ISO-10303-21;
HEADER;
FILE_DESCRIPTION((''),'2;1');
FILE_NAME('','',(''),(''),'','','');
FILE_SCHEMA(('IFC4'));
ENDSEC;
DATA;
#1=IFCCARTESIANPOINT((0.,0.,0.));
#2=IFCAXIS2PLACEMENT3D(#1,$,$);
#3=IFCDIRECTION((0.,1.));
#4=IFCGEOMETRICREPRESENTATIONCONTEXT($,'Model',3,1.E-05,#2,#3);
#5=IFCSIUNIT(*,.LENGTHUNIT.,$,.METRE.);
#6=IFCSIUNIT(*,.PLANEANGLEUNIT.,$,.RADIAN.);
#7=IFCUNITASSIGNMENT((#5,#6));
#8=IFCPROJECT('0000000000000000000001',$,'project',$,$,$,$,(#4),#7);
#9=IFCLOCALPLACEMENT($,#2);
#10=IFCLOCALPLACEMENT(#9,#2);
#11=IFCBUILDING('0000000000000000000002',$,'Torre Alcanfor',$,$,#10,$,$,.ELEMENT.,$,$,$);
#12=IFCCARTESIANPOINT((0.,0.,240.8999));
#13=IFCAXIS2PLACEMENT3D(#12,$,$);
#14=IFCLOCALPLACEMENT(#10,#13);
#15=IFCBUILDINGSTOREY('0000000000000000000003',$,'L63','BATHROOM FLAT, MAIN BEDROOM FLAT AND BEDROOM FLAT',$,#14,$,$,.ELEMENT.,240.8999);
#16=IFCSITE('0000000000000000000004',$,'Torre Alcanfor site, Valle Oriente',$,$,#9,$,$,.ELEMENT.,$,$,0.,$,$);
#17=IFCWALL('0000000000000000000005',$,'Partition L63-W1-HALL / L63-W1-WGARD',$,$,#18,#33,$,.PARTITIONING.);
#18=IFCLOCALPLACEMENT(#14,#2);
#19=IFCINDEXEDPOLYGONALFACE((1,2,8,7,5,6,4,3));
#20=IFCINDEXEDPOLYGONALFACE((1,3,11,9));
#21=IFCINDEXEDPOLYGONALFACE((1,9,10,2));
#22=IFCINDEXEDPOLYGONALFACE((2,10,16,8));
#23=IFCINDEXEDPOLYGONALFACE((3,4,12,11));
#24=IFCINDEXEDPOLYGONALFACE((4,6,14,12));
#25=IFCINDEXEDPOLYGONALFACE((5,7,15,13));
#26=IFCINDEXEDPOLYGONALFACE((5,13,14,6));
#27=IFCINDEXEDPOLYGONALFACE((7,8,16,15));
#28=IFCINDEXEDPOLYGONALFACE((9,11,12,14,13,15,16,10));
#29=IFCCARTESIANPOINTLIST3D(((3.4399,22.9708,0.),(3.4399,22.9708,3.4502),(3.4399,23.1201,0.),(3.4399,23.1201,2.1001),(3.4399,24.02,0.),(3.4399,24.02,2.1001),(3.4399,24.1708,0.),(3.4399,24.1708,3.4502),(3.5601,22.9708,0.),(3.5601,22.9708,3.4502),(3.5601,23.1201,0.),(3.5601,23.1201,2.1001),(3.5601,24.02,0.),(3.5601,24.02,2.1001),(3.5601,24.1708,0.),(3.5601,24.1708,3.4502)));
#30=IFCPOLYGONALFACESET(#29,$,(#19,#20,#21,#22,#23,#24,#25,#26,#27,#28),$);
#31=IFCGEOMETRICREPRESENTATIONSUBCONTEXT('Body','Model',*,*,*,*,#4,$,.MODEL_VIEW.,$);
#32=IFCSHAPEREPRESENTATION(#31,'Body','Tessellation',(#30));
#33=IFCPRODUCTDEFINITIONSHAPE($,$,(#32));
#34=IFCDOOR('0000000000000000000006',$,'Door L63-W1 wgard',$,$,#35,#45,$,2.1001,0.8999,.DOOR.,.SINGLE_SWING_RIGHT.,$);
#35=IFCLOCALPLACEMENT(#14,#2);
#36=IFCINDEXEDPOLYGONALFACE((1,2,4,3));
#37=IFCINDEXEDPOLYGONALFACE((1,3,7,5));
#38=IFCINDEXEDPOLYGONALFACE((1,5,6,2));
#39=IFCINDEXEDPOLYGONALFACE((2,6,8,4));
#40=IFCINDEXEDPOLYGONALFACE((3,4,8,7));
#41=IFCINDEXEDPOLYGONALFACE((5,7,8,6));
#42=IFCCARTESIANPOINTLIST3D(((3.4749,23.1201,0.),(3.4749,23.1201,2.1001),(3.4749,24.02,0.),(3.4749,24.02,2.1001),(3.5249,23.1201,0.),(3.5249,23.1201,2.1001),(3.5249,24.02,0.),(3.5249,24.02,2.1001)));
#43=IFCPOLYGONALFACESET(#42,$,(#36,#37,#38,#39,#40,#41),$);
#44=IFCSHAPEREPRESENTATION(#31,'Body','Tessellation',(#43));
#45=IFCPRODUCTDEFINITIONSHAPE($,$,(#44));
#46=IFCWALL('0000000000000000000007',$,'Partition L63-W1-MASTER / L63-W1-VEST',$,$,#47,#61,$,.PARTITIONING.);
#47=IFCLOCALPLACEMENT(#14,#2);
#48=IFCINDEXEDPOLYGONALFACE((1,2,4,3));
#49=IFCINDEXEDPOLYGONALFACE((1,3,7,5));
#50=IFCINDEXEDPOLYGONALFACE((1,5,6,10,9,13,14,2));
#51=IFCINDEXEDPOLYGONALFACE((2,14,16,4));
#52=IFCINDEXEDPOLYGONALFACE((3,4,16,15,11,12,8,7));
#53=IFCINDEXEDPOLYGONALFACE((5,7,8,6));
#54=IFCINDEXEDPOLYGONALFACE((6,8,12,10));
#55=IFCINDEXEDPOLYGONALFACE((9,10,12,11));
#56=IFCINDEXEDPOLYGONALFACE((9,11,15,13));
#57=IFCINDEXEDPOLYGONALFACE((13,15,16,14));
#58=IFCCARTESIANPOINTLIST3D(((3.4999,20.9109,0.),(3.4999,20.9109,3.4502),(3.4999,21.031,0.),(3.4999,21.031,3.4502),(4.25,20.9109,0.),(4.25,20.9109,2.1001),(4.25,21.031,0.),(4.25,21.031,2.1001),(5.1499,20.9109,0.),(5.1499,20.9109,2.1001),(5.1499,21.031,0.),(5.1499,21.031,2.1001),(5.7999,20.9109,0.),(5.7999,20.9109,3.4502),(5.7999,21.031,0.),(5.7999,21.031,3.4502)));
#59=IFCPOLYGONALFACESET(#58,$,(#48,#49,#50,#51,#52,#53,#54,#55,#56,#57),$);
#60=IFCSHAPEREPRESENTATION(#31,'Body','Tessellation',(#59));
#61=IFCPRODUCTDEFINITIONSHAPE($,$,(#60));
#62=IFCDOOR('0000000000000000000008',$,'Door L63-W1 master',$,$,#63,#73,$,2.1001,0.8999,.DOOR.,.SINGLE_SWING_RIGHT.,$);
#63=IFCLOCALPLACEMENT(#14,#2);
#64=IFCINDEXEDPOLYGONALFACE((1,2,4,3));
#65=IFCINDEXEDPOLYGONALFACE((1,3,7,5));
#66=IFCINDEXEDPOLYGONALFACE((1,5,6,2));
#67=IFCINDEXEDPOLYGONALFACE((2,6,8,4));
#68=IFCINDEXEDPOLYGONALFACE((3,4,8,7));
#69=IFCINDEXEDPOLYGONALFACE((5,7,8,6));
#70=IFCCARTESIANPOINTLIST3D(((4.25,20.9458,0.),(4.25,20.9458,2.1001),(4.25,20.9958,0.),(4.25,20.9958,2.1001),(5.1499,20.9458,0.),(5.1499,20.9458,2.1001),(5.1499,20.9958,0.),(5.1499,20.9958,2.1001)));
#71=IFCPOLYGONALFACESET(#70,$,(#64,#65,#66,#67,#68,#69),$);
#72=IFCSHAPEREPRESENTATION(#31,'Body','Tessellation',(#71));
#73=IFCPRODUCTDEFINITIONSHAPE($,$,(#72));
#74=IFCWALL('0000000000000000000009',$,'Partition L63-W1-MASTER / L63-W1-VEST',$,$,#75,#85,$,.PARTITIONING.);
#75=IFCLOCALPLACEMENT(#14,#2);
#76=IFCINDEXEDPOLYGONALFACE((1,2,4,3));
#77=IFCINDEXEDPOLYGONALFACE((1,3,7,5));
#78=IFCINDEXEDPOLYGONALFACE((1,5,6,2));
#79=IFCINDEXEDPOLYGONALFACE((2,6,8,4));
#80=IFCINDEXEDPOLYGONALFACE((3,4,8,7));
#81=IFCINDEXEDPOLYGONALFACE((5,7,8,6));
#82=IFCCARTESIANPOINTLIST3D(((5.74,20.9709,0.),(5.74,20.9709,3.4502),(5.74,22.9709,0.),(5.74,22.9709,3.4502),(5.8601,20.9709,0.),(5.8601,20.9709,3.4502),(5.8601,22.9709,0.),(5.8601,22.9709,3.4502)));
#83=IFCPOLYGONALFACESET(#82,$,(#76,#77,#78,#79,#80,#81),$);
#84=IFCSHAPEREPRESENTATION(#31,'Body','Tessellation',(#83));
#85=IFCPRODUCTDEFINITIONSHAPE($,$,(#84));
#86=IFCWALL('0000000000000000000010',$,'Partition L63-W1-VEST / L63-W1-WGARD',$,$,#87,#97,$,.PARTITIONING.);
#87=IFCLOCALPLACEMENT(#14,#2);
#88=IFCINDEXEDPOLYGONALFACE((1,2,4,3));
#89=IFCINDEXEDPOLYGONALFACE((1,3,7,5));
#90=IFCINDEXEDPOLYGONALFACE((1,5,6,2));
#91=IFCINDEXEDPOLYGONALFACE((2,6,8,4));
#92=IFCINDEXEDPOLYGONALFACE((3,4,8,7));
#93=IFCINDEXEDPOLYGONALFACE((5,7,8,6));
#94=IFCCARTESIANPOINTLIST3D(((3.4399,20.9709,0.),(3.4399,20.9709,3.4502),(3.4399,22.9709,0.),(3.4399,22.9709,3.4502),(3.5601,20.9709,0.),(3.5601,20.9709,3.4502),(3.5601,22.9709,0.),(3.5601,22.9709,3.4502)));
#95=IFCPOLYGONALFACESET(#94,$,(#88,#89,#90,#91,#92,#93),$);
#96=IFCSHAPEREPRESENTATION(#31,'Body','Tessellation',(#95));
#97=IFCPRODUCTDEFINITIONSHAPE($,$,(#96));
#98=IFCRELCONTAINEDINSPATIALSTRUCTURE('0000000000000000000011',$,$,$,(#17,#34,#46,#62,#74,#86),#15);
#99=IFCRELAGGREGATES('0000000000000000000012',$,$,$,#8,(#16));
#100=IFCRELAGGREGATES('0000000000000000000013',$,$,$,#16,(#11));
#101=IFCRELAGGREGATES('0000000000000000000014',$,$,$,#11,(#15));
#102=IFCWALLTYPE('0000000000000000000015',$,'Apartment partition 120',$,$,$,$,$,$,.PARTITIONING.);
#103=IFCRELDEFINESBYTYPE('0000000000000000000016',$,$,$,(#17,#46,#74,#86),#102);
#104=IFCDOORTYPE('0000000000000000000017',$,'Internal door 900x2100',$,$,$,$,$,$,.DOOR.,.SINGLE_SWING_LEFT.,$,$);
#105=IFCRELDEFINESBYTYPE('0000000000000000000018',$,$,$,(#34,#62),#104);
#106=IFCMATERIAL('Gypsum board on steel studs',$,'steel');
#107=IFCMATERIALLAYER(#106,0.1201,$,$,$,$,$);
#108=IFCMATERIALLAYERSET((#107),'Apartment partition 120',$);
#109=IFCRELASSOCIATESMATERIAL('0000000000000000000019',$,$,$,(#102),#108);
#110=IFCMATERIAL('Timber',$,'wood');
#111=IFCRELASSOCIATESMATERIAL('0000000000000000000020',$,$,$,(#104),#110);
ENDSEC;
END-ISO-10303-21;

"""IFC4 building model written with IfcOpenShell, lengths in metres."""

from ifc_helpers import new_model, si_unit, direction, frame, frame_2d, origin, place, context, subcontext, project, spatial, rectangle, extrude, material, layer, layer_set, type_object, element, fill, save


model = new_model("IFC4")

# Units and contexts
model_context = context("Model", 3, precision=1e-05, world=origin(), true_north=direction((0.0, 1.0)))
body_context = subcontext(model_context, "Body", "Model", "MODEL_VIEW")
ifc_project = project(units=[si_unit("LENGTHUNIT", "METRE"), si_unit("PLANEANGLEUNIT", "RADIAN")], contexts=[model_context])

# Site, building, storey
site_placement = place(None, origin())
site = spatial("IfcSite", under=ifc_project, at=site_placement, Name="Torre Alcanfor site, Valle Oriente", CompositionType="ELEMENT", RefElevation=0.0)
building_placement = place(site_placement, origin())
building = spatial("IfcBuilding", under=site, at=building_placement, Name="Torre Alcanfor", CompositionType="ELEMENT")
storey_placement = place(building_placement, frame((0.0, 0.0, 240.8999)))
storey = spatial("IfcBuildingStorey", under=building, at=storey_placement, Name="L63", Description="BATHROOM FLAT, MAIN BEDROOM FLAT AND BEDROOM FLAT", CompositionType="ELEMENT", Elevation=240.8999)

# Shared definitions
ifc_material_1 = material(Name="Gypsum board on steel studs", Category="steel")
ifc_layer_1 = layer(ifc_material_1, 0.1201)
ifc_layer_set_1 = layer_set([ifc_layer_1], Name="Apartment partition 120")
wall_type_1 = type_object("IfcWallType", Name="Apartment partition 120", PredefinedType="PARTITIONING", material=ifc_layer_set_1)

# Shared definitions
ifc_material_2 = material(Name="Timber", Category="wood")
door_type = type_object("IfcDoorType", Name="Internal door 900x2100", OperationType="SINGLE_SWING_LEFT", PredefinedType="DOOR", material=ifc_material_2)

# Walls, openings, doors
wall_1_placement = place(storey_placement, frame((3.5, 24.1709, 0.0), z_axis=(0.0, 0.0, 1.0), x_axis=(0.0, -1.0, 0.0)))
wall_1 = element("IfcWall", 1, at=wall_1_placement, inside=storey, type_object=wall_type_1, Name="Partition L63-W1-HALL / L63-W1-WGARD", PredefinedType="PARTITIONING", context=body_context, shape_type="SweptSolid", body=[
    extrude(rectangle(XDim=1.2, YDim=0.1201, at=frame_2d((0.6001, 0.0))), origin(), (0.0, 0.0, 1.0), 3.4502),
])
opening_1_placement = place(wall_1_placement, frame((0.1509, 0.0, 0.0)))
opening_1 = element("IfcOpeningElement", 2, at=opening_1_placement, cuts=wall_1, PredefinedType="OPENING", context=body_context, shape_type="SweptSolid", body=[
    extrude(rectangle(XDim=0.8999, YDim=2.1001, at=frame_2d((0.45, 1.05))), frame((0.0, 0.0701, 0.0), z_axis=(0.0, -1.0, 0.0), x_axis=(1.0, 0.0, 0.0)), (0.0, 0.0, 1.0), 0.1401),
])
door_1_placement = place(opening_1_placement, frame((0.8999, 0.0, 0.0), z_axis=(0.0, 0.0, 1.0), x_axis=(-1.0, 0.0, 0.0)))
door_1 = element("IfcDoor", 3, at=door_1_placement, inside=storey, type_object=door_type, Name="Door L63-W1 wgard", OperationType="SINGLE_SWING_RIGHT", OverallHeight=2.1001, OverallWidth=0.8999, PredefinedType="DOOR", context=body_context, shape_type="SweptSolid", body=[
    extrude(rectangle(XDim=0.8999, YDim=2.1001, at=frame_2d((0.45, 1.05))), frame((0.0, 0.0251, 0.0), z_axis=(0.0, -1.0, 0.0), x_axis=(1.0, 0.0, 0.0)), (0.0, 0.0, 1.0), 0.05),
])
fill(opening_1, door_1)
wall_2_placement = place(storey_placement, frame((3.5, 20.9709, 0.0), z_axis=(0.0, 0.0, 1.0), x_axis=(1.0, 0.0, 0.0)))
wall_2 = element("IfcWall", 4, at=wall_2_placement, inside=storey, type_object=wall_type_1, Name="Partition L63-W1-MASTER / L63-W1-VEST", PredefinedType="PARTITIONING", context=body_context, shape_type="SweptSolid", body=[
    extrude(rectangle(XDim=2.3, YDim=0.1201, at=frame_2d((1.1499, 0.0))), origin(), (0.0, 0.0, 1.0), 3.4502),
])
opening_2_placement = place(wall_2_placement, frame((0.75, 0.0, 0.0)))
opening_2 = element("IfcOpeningElement", 5, at=opening_2_placement, cuts=wall_2, PredefinedType="OPENING", context=body_context, shape_type="SweptSolid", body=[
    extrude(rectangle(XDim=0.8999, YDim=2.1001, at=frame_2d((0.45, 1.05))), frame((0.0, 0.0701, 0.0), z_axis=(0.0, -1.0, 0.0), x_axis=(1.0, 0.0, 0.0)), (0.0, 0.0, 1.0), 0.1401),
])
door_2_placement = place(opening_2_placement, origin())
door_2 = element("IfcDoor", 6, at=door_2_placement, inside=storey, type_object=door_type, Name="Door L63-W1 master", OperationType="SINGLE_SWING_RIGHT", OverallHeight=2.1001, OverallWidth=0.8999, PredefinedType="DOOR", context=body_context, shape_type="SweptSolid", body=[
    extrude(rectangle(XDim=0.8999, YDim=2.1001, at=frame_2d((0.45, 1.05))), frame((0.0, 0.0249, 0.0), z_axis=(0.0, -1.0, 0.0), x_axis=(1.0, 0.0, 0.0)), (0.0, 0.0, 1.0), 0.05),
])
fill(opening_2, door_2)

# Walls
for number, where, z_axis, x_axis, name in (
    (7, (5.8, 20.9709, 0.0), (0.0, 0.0, 1.0), (0.0, 1.0, 0.0), "Partition L63-W1-MASTER / L63-W1-VEST"),
    (8, (3.5, 22.9709, 0.0), (0.0, 0.0, 1.0), (0.0, -1.0, 0.0), "Partition L63-W1-VEST / L63-W1-WGARD"),
):
    element("IfcWall", number, at=place(storey_placement, frame(where, z_axis=z_axis, x_axis=x_axis)), inside=storey, type_object=wall_type_1, Name=name, PredefinedType="PARTITIONING", context=body_context, shape_type="SweptSolid", body=[
        extrude(rectangle(XDim=2.0, YDim=0.1201, at=frame_2d((1.0, 0.0))), origin(), (0.0, 0.0, 1.0), 3.4502),
    ])

save(model, "model.ifc")
